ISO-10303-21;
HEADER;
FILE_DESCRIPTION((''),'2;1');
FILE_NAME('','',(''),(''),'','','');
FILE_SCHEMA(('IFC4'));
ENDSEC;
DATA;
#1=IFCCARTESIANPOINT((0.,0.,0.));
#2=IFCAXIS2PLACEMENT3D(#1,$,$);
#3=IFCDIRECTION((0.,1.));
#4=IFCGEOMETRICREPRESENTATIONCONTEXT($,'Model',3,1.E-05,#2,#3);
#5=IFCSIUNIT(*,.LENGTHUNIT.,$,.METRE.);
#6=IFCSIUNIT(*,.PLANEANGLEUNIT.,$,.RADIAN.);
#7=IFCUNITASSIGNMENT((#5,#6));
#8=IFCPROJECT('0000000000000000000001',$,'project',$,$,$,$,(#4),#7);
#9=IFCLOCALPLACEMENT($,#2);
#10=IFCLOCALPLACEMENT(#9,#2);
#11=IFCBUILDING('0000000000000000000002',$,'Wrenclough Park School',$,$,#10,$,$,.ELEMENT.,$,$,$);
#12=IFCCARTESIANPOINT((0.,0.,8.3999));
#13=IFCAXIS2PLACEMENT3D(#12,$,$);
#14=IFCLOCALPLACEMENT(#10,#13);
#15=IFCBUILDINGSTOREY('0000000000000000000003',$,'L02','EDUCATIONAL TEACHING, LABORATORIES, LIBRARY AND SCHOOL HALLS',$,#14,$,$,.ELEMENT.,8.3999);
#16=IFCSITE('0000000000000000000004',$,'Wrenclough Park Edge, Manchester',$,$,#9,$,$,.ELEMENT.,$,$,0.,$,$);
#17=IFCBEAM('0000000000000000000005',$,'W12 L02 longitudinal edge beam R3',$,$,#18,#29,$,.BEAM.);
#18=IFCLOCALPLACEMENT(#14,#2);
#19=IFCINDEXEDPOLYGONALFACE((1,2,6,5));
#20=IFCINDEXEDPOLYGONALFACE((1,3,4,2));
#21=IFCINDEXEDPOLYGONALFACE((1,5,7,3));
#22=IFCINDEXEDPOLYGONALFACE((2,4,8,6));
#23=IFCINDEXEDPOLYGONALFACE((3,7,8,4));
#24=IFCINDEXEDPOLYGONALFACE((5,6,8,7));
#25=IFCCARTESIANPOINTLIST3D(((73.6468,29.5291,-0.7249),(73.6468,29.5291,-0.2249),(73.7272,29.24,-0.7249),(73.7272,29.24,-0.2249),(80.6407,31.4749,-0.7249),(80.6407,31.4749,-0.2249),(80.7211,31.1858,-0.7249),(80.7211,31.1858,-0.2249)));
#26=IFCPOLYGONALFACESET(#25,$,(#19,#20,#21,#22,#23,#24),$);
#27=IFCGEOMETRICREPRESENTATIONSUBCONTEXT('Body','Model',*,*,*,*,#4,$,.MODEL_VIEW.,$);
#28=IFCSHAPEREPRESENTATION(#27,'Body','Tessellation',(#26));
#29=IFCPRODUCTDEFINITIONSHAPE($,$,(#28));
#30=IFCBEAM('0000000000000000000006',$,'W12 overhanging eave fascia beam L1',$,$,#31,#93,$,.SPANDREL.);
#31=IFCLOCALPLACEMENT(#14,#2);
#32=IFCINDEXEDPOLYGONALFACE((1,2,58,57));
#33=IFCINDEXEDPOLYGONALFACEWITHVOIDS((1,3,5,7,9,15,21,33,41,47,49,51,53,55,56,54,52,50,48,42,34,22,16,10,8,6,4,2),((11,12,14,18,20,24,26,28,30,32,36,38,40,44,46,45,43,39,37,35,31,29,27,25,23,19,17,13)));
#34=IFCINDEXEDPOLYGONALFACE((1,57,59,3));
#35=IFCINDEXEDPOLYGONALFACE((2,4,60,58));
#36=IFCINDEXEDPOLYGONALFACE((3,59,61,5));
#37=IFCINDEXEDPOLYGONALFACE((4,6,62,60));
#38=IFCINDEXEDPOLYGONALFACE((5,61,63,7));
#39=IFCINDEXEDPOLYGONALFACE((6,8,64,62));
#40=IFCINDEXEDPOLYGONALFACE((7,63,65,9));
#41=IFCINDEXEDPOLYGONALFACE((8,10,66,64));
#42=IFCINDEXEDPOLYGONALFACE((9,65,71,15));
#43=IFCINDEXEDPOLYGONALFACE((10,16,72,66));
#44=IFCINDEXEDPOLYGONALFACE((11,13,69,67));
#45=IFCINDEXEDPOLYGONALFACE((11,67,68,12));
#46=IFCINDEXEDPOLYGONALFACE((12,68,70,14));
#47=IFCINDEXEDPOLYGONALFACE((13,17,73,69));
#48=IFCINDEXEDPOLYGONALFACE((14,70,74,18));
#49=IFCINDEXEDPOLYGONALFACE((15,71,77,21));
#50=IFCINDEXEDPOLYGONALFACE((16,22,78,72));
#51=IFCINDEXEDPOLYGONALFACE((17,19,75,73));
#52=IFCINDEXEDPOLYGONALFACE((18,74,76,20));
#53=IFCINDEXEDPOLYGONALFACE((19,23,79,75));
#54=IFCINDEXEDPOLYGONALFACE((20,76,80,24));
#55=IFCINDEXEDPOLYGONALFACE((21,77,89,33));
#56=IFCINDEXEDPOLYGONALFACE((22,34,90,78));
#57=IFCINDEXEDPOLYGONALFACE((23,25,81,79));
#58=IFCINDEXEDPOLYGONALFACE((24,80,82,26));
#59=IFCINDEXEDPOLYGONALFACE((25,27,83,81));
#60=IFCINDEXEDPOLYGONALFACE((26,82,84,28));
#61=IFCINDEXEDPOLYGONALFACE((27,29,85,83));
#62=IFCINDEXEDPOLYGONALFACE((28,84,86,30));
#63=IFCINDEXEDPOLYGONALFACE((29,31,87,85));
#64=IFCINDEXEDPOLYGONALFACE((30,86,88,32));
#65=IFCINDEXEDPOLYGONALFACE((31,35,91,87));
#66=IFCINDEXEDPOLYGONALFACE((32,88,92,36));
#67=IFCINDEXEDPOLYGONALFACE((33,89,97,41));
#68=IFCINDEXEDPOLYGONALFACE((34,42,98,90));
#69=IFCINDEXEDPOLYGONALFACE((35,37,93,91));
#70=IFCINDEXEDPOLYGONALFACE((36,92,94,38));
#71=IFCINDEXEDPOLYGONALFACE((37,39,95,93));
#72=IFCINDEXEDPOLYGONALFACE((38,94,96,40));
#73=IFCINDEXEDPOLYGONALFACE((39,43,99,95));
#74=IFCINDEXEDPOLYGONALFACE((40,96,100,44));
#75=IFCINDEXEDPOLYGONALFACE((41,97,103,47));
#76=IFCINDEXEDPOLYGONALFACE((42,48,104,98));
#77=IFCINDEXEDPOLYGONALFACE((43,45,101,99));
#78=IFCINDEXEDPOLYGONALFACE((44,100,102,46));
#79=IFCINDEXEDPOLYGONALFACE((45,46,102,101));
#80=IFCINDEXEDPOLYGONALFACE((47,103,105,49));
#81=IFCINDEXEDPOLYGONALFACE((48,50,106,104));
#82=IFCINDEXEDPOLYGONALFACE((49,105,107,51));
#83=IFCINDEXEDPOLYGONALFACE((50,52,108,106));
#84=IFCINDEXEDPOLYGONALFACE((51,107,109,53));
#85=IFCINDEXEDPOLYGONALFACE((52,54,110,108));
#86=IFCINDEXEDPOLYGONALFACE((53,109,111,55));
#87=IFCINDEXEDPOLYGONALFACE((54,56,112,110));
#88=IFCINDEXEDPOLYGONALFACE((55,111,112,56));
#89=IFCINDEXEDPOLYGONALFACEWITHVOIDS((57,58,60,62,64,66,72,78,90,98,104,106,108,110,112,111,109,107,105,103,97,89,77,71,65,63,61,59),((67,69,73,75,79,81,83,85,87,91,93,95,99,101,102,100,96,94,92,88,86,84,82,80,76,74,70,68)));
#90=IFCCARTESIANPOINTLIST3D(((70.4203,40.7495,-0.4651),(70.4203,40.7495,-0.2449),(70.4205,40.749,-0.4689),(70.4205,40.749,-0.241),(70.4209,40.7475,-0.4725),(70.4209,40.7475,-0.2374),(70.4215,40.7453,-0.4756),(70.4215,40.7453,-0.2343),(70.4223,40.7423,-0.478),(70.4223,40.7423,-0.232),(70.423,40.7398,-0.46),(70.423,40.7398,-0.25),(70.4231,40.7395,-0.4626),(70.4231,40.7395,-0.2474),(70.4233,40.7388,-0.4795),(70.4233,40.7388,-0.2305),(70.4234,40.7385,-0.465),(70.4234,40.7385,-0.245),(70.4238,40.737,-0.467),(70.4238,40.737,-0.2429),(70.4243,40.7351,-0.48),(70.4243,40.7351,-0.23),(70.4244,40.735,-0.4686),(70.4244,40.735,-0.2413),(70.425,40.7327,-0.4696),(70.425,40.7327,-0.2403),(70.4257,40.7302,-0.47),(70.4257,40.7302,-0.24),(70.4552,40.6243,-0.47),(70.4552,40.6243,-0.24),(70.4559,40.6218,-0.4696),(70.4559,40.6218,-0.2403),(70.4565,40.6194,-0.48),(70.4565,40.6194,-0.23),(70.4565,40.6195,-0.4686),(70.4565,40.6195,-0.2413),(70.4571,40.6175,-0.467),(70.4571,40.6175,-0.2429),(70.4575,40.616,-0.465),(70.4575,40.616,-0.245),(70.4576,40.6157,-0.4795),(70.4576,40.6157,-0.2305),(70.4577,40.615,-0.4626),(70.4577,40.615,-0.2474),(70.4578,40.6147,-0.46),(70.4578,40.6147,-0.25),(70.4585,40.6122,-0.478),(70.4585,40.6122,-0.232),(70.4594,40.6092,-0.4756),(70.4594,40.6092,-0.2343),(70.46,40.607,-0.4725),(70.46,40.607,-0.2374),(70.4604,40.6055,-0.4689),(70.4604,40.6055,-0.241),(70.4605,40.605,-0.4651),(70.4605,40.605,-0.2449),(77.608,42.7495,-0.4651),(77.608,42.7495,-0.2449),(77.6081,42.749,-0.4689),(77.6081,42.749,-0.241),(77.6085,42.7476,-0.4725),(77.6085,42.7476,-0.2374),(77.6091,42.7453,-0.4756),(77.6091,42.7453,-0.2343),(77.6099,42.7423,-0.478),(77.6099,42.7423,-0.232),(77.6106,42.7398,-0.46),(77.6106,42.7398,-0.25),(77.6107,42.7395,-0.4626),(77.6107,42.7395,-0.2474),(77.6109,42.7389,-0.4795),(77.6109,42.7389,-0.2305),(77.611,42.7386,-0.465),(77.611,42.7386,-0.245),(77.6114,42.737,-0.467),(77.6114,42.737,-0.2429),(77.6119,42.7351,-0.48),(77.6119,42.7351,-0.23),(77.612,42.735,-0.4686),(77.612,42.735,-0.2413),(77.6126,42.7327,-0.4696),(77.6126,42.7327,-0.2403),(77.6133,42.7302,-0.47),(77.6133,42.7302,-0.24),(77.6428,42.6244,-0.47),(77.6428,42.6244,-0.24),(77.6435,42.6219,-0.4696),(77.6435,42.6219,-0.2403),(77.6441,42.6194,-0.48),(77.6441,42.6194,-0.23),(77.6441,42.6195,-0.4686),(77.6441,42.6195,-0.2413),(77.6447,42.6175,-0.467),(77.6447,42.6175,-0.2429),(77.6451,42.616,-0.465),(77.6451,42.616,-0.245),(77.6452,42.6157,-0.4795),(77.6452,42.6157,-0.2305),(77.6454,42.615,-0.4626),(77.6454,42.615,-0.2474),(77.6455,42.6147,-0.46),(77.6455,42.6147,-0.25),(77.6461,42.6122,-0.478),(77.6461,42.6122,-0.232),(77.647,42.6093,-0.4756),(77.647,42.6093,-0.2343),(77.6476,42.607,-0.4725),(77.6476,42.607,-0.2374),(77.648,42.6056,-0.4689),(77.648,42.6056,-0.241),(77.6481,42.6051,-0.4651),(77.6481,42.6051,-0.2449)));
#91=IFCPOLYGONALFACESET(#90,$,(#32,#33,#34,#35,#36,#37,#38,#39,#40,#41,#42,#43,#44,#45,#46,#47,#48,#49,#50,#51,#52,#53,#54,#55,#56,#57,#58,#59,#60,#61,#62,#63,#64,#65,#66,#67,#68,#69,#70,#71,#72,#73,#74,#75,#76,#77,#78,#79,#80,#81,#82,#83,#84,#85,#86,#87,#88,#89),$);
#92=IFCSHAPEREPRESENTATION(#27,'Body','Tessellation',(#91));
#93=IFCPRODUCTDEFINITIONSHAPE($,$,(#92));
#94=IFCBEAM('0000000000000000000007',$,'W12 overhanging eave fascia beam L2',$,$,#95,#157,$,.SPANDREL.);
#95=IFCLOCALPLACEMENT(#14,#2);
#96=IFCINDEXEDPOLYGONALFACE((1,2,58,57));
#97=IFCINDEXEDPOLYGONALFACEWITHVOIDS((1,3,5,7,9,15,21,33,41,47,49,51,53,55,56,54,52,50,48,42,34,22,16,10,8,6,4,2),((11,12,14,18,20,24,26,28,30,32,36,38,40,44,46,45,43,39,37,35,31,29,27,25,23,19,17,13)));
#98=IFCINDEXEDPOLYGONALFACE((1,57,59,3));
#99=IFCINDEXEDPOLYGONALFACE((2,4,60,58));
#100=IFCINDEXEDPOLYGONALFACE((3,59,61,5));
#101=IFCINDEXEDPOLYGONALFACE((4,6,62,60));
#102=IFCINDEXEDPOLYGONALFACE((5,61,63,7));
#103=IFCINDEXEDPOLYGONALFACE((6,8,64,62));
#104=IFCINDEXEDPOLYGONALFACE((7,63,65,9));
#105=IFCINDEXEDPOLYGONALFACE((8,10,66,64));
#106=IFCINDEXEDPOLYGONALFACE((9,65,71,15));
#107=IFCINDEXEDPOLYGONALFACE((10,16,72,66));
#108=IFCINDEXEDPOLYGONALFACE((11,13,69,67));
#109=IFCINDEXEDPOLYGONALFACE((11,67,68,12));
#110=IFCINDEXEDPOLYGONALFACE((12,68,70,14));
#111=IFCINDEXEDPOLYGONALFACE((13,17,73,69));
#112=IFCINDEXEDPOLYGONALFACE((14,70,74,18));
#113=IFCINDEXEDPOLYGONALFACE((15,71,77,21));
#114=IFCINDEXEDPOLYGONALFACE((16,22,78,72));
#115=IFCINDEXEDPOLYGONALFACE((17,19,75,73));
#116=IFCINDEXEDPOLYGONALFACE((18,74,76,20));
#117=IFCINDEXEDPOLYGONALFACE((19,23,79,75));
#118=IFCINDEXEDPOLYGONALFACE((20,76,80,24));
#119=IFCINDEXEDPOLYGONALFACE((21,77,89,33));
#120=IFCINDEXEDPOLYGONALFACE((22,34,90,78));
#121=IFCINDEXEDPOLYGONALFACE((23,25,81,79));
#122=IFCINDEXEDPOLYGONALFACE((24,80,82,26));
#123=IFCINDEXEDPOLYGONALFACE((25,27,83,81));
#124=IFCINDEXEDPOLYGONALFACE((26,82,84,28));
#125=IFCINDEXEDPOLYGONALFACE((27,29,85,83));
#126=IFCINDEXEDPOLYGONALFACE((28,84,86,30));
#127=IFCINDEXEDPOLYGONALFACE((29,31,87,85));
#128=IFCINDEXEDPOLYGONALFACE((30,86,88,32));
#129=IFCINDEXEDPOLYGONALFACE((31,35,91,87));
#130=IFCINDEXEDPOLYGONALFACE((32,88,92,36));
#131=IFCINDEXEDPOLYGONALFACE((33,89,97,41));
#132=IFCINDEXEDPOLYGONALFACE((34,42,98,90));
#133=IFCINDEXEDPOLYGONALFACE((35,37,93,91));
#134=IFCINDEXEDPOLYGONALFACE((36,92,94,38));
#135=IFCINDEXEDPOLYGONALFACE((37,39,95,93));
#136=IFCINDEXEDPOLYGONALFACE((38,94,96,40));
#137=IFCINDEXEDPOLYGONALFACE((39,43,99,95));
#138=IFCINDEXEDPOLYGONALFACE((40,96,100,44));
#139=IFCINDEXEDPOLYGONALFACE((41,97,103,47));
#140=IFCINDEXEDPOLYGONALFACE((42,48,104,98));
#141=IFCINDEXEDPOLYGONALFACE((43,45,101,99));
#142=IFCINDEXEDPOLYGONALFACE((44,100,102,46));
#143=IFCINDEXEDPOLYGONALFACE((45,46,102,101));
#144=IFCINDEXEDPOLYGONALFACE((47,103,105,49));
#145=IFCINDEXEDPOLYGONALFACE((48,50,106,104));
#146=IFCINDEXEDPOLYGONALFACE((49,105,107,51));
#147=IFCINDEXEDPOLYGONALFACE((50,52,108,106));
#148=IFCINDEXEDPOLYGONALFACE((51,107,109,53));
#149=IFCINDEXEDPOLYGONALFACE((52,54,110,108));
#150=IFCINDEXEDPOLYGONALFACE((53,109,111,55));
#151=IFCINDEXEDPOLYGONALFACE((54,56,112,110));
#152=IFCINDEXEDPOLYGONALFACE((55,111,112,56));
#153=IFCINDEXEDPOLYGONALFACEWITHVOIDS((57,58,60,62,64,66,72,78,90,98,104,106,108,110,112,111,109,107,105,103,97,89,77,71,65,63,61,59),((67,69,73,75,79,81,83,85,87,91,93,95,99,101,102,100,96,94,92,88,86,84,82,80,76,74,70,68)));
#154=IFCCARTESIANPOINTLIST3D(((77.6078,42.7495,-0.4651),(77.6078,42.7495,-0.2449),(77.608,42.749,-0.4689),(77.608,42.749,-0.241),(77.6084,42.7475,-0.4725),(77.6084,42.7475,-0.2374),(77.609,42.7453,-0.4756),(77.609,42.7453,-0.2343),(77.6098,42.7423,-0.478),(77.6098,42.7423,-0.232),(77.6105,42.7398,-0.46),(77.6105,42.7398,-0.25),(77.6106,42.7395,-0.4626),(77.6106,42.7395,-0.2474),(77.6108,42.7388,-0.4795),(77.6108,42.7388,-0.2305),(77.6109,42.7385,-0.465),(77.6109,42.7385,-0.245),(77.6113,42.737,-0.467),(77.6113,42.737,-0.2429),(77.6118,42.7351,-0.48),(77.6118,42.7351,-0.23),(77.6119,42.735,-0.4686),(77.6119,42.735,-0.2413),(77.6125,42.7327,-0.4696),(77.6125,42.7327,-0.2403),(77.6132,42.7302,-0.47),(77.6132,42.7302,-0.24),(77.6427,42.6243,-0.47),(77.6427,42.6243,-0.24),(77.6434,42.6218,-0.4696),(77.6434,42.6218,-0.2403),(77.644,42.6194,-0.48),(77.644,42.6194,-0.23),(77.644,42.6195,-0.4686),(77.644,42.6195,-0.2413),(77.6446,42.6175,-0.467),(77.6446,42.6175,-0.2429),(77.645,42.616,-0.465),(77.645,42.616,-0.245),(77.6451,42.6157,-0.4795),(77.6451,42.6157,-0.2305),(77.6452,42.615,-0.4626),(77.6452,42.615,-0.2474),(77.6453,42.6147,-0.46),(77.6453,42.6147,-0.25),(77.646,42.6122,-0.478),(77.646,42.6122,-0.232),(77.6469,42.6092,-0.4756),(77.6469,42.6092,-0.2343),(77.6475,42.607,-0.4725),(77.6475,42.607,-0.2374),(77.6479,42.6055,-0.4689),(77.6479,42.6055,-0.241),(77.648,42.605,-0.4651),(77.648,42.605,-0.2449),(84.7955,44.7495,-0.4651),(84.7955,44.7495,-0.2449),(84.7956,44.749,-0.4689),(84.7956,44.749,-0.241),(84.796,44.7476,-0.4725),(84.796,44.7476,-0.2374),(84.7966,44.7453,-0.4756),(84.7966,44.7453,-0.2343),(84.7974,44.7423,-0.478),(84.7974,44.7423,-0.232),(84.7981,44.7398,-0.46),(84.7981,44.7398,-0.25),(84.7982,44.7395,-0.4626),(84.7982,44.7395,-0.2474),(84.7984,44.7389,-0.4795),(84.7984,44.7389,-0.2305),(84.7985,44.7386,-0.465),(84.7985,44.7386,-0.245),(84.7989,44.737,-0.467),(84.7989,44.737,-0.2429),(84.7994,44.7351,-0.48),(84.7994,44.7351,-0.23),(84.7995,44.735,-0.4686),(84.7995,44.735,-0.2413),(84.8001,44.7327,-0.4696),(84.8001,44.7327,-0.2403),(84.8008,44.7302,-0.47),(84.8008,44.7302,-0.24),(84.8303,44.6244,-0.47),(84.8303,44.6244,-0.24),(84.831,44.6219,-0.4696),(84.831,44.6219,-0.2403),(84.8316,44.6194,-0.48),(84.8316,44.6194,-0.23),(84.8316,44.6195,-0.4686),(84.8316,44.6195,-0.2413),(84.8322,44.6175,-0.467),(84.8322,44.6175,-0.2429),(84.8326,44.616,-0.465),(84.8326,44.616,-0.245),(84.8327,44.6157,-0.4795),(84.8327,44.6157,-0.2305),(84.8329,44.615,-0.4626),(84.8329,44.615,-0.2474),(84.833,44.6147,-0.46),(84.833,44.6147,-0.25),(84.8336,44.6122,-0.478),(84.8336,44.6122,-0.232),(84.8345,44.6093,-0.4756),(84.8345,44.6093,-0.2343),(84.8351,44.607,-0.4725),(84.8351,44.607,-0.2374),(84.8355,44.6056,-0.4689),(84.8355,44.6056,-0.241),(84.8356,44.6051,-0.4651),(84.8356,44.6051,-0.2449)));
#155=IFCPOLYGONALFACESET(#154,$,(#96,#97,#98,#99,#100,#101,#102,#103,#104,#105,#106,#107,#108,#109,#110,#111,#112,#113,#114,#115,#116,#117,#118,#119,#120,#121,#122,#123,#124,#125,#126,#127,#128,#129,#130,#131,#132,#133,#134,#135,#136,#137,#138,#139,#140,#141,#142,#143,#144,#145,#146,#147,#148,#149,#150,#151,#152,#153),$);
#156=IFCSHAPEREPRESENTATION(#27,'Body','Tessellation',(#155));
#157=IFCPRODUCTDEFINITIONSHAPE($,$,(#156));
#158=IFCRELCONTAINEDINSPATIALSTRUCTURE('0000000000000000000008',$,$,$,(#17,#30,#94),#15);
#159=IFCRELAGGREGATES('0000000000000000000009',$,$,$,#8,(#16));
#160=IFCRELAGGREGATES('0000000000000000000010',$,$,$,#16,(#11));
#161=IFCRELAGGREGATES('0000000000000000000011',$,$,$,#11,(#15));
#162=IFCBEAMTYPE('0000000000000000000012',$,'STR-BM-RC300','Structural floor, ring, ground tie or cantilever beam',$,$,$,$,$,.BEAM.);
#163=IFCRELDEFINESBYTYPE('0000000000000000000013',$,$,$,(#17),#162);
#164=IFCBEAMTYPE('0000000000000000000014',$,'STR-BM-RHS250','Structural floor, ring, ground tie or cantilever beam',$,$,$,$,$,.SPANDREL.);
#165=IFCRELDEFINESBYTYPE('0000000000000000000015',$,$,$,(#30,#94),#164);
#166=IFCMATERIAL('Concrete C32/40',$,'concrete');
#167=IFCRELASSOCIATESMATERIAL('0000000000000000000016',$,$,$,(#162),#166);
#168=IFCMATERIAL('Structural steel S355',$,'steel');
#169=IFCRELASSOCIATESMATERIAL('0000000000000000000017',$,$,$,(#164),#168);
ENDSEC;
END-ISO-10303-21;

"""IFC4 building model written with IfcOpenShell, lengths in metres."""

from ifc_helpers import new_model, si_unit, direction, frame, origin, origin_2d, place, context, subcontext, project, spatial, rectangle, hollow_rectangle, extrude, material, material_profile, profile_set, type_object, element, save


model = new_model("IFC4")

# Units and contexts
model_context = context("Model", 3, precision=1e-05, world=origin(), true_north=direction((0.0, 1.0)))
body_context = subcontext(model_context, "Body", "Model", "MODEL_VIEW")
ifc_project = project(units=[si_unit("LENGTHUNIT", "METRE"), si_unit("PLANEANGLEUNIT", "RADIAN")], contexts=[model_context])

# Site, building, storey
site_placement = place(None, origin())
site = spatial("IfcSite", under=ifc_project, at=site_placement, Name="Wrenclough Park Edge, Manchester", CompositionType="ELEMENT", RefElevation=0.0)
building_placement = place(site_placement, origin())
building = spatial("IfcBuilding", under=site, at=building_placement, Name="Wrenclough Park School", CompositionType="ELEMENT")
storey_placement = place(building_placement, frame((0.0, 0.0, 8.3999)))
storey = spatial("IfcBuildingStorey", under=building, at=storey_placement, Name="L02", Description="EDUCATIONAL TEACHING, LABORATORIES, LIBRARY AND SCHOOL HALLS", CompositionType="ELEMENT", Elevation=8.3999)

# Beams
ifc_material_1 = material(Name="Concrete C32/40", Category="concrete")
ifc_material_profile_1 = material_profile(ifc_material_1, rectangle(XDim=0.3, YDim=0.5, at=origin_2d()), Name="RC BEAM 300x500")
ifc_profile_set_1 = profile_set([ifc_material_profile_1], Name="Concrete C32/40")
beam_type_1 = type_object("IfcBeamType", Name="STR-BM-RC300", Description="Structural floor, ring, ground tie or cantilever beam", PredefinedType="BEAM", material=ifc_profile_set_1)
beam_1_placement = place(storey_placement, frame((73.687, 29.3845, -0.4749), z_axis=(0.963409, 0.268034, 0.0), x_axis=(-0.268034, 0.963409, 0.0)))
element("IfcBeam", 1, at=beam_1_placement, inside=storey, type_object=beam_type_1, Name="W12 L02 longitudinal edge beam R3", PredefinedType="BEAM", context=body_context, shape_type="SweptSolid", body=[
    extrude(rectangle(XDim=0.3, YDim=0.5, at=origin_2d()), origin(), (0.0, 0.0, 1.0), 7.2595),
])
ifc_material_2 = material(Name="Structural steel S355", Category="steel")
ifc_material_profile_2 = material_profile(ifc_material_2, hollow_rectangle(XDim=0.1499, YDim=0.25, WallThickness=0.01, InnerFilletRadius=0.01, OuterFilletRadius=0.0149, at=origin_2d()), Name="RHS 250x150x10.0")
ifc_profile_set_2 = profile_set([ifc_material_profile_2], Name="Structural steel S355")
beam_type_2 = type_object("IfcBeamType", Name="STR-BM-RHS250", Description="Structural floor, ring, ground tie or cantilever beam", PredefinedType="SPANDREL", material=ifc_profile_set_2)
for number, where, z_axis, x_axis, name in (
    (2, (70.4404, 40.6772, -0.355), (0.963398, 0.268076, 0.0), (-0.268076, 0.963398, 0.0), "W12 overhanging eave fascia beam L1"),
    (3, (77.6279, 42.6772, -0.355), (0.963398, 0.268076, 0.0), (-0.268076, 0.963398, 0.0), "W12 overhanging eave fascia beam L2"),
):
    element("IfcBeam", number, at=place(storey_placement, frame(where, z_axis=z_axis, x_axis=x_axis)), inside=storey, type_object=beam_type_2, Name=name, PredefinedType="SPANDREL", context=body_context, shape_type="SweptSolid", body=[
        extrude(hollow_rectangle(XDim=0.1499, YDim=0.25, WallThickness=0.01, InnerFilletRadius=0.01, OuterFilletRadius=0.0149, at=origin_2d()), origin(), (0.0, 0.0, 1.0), 7.4607),
    ])

save(model, "model.ifc")
